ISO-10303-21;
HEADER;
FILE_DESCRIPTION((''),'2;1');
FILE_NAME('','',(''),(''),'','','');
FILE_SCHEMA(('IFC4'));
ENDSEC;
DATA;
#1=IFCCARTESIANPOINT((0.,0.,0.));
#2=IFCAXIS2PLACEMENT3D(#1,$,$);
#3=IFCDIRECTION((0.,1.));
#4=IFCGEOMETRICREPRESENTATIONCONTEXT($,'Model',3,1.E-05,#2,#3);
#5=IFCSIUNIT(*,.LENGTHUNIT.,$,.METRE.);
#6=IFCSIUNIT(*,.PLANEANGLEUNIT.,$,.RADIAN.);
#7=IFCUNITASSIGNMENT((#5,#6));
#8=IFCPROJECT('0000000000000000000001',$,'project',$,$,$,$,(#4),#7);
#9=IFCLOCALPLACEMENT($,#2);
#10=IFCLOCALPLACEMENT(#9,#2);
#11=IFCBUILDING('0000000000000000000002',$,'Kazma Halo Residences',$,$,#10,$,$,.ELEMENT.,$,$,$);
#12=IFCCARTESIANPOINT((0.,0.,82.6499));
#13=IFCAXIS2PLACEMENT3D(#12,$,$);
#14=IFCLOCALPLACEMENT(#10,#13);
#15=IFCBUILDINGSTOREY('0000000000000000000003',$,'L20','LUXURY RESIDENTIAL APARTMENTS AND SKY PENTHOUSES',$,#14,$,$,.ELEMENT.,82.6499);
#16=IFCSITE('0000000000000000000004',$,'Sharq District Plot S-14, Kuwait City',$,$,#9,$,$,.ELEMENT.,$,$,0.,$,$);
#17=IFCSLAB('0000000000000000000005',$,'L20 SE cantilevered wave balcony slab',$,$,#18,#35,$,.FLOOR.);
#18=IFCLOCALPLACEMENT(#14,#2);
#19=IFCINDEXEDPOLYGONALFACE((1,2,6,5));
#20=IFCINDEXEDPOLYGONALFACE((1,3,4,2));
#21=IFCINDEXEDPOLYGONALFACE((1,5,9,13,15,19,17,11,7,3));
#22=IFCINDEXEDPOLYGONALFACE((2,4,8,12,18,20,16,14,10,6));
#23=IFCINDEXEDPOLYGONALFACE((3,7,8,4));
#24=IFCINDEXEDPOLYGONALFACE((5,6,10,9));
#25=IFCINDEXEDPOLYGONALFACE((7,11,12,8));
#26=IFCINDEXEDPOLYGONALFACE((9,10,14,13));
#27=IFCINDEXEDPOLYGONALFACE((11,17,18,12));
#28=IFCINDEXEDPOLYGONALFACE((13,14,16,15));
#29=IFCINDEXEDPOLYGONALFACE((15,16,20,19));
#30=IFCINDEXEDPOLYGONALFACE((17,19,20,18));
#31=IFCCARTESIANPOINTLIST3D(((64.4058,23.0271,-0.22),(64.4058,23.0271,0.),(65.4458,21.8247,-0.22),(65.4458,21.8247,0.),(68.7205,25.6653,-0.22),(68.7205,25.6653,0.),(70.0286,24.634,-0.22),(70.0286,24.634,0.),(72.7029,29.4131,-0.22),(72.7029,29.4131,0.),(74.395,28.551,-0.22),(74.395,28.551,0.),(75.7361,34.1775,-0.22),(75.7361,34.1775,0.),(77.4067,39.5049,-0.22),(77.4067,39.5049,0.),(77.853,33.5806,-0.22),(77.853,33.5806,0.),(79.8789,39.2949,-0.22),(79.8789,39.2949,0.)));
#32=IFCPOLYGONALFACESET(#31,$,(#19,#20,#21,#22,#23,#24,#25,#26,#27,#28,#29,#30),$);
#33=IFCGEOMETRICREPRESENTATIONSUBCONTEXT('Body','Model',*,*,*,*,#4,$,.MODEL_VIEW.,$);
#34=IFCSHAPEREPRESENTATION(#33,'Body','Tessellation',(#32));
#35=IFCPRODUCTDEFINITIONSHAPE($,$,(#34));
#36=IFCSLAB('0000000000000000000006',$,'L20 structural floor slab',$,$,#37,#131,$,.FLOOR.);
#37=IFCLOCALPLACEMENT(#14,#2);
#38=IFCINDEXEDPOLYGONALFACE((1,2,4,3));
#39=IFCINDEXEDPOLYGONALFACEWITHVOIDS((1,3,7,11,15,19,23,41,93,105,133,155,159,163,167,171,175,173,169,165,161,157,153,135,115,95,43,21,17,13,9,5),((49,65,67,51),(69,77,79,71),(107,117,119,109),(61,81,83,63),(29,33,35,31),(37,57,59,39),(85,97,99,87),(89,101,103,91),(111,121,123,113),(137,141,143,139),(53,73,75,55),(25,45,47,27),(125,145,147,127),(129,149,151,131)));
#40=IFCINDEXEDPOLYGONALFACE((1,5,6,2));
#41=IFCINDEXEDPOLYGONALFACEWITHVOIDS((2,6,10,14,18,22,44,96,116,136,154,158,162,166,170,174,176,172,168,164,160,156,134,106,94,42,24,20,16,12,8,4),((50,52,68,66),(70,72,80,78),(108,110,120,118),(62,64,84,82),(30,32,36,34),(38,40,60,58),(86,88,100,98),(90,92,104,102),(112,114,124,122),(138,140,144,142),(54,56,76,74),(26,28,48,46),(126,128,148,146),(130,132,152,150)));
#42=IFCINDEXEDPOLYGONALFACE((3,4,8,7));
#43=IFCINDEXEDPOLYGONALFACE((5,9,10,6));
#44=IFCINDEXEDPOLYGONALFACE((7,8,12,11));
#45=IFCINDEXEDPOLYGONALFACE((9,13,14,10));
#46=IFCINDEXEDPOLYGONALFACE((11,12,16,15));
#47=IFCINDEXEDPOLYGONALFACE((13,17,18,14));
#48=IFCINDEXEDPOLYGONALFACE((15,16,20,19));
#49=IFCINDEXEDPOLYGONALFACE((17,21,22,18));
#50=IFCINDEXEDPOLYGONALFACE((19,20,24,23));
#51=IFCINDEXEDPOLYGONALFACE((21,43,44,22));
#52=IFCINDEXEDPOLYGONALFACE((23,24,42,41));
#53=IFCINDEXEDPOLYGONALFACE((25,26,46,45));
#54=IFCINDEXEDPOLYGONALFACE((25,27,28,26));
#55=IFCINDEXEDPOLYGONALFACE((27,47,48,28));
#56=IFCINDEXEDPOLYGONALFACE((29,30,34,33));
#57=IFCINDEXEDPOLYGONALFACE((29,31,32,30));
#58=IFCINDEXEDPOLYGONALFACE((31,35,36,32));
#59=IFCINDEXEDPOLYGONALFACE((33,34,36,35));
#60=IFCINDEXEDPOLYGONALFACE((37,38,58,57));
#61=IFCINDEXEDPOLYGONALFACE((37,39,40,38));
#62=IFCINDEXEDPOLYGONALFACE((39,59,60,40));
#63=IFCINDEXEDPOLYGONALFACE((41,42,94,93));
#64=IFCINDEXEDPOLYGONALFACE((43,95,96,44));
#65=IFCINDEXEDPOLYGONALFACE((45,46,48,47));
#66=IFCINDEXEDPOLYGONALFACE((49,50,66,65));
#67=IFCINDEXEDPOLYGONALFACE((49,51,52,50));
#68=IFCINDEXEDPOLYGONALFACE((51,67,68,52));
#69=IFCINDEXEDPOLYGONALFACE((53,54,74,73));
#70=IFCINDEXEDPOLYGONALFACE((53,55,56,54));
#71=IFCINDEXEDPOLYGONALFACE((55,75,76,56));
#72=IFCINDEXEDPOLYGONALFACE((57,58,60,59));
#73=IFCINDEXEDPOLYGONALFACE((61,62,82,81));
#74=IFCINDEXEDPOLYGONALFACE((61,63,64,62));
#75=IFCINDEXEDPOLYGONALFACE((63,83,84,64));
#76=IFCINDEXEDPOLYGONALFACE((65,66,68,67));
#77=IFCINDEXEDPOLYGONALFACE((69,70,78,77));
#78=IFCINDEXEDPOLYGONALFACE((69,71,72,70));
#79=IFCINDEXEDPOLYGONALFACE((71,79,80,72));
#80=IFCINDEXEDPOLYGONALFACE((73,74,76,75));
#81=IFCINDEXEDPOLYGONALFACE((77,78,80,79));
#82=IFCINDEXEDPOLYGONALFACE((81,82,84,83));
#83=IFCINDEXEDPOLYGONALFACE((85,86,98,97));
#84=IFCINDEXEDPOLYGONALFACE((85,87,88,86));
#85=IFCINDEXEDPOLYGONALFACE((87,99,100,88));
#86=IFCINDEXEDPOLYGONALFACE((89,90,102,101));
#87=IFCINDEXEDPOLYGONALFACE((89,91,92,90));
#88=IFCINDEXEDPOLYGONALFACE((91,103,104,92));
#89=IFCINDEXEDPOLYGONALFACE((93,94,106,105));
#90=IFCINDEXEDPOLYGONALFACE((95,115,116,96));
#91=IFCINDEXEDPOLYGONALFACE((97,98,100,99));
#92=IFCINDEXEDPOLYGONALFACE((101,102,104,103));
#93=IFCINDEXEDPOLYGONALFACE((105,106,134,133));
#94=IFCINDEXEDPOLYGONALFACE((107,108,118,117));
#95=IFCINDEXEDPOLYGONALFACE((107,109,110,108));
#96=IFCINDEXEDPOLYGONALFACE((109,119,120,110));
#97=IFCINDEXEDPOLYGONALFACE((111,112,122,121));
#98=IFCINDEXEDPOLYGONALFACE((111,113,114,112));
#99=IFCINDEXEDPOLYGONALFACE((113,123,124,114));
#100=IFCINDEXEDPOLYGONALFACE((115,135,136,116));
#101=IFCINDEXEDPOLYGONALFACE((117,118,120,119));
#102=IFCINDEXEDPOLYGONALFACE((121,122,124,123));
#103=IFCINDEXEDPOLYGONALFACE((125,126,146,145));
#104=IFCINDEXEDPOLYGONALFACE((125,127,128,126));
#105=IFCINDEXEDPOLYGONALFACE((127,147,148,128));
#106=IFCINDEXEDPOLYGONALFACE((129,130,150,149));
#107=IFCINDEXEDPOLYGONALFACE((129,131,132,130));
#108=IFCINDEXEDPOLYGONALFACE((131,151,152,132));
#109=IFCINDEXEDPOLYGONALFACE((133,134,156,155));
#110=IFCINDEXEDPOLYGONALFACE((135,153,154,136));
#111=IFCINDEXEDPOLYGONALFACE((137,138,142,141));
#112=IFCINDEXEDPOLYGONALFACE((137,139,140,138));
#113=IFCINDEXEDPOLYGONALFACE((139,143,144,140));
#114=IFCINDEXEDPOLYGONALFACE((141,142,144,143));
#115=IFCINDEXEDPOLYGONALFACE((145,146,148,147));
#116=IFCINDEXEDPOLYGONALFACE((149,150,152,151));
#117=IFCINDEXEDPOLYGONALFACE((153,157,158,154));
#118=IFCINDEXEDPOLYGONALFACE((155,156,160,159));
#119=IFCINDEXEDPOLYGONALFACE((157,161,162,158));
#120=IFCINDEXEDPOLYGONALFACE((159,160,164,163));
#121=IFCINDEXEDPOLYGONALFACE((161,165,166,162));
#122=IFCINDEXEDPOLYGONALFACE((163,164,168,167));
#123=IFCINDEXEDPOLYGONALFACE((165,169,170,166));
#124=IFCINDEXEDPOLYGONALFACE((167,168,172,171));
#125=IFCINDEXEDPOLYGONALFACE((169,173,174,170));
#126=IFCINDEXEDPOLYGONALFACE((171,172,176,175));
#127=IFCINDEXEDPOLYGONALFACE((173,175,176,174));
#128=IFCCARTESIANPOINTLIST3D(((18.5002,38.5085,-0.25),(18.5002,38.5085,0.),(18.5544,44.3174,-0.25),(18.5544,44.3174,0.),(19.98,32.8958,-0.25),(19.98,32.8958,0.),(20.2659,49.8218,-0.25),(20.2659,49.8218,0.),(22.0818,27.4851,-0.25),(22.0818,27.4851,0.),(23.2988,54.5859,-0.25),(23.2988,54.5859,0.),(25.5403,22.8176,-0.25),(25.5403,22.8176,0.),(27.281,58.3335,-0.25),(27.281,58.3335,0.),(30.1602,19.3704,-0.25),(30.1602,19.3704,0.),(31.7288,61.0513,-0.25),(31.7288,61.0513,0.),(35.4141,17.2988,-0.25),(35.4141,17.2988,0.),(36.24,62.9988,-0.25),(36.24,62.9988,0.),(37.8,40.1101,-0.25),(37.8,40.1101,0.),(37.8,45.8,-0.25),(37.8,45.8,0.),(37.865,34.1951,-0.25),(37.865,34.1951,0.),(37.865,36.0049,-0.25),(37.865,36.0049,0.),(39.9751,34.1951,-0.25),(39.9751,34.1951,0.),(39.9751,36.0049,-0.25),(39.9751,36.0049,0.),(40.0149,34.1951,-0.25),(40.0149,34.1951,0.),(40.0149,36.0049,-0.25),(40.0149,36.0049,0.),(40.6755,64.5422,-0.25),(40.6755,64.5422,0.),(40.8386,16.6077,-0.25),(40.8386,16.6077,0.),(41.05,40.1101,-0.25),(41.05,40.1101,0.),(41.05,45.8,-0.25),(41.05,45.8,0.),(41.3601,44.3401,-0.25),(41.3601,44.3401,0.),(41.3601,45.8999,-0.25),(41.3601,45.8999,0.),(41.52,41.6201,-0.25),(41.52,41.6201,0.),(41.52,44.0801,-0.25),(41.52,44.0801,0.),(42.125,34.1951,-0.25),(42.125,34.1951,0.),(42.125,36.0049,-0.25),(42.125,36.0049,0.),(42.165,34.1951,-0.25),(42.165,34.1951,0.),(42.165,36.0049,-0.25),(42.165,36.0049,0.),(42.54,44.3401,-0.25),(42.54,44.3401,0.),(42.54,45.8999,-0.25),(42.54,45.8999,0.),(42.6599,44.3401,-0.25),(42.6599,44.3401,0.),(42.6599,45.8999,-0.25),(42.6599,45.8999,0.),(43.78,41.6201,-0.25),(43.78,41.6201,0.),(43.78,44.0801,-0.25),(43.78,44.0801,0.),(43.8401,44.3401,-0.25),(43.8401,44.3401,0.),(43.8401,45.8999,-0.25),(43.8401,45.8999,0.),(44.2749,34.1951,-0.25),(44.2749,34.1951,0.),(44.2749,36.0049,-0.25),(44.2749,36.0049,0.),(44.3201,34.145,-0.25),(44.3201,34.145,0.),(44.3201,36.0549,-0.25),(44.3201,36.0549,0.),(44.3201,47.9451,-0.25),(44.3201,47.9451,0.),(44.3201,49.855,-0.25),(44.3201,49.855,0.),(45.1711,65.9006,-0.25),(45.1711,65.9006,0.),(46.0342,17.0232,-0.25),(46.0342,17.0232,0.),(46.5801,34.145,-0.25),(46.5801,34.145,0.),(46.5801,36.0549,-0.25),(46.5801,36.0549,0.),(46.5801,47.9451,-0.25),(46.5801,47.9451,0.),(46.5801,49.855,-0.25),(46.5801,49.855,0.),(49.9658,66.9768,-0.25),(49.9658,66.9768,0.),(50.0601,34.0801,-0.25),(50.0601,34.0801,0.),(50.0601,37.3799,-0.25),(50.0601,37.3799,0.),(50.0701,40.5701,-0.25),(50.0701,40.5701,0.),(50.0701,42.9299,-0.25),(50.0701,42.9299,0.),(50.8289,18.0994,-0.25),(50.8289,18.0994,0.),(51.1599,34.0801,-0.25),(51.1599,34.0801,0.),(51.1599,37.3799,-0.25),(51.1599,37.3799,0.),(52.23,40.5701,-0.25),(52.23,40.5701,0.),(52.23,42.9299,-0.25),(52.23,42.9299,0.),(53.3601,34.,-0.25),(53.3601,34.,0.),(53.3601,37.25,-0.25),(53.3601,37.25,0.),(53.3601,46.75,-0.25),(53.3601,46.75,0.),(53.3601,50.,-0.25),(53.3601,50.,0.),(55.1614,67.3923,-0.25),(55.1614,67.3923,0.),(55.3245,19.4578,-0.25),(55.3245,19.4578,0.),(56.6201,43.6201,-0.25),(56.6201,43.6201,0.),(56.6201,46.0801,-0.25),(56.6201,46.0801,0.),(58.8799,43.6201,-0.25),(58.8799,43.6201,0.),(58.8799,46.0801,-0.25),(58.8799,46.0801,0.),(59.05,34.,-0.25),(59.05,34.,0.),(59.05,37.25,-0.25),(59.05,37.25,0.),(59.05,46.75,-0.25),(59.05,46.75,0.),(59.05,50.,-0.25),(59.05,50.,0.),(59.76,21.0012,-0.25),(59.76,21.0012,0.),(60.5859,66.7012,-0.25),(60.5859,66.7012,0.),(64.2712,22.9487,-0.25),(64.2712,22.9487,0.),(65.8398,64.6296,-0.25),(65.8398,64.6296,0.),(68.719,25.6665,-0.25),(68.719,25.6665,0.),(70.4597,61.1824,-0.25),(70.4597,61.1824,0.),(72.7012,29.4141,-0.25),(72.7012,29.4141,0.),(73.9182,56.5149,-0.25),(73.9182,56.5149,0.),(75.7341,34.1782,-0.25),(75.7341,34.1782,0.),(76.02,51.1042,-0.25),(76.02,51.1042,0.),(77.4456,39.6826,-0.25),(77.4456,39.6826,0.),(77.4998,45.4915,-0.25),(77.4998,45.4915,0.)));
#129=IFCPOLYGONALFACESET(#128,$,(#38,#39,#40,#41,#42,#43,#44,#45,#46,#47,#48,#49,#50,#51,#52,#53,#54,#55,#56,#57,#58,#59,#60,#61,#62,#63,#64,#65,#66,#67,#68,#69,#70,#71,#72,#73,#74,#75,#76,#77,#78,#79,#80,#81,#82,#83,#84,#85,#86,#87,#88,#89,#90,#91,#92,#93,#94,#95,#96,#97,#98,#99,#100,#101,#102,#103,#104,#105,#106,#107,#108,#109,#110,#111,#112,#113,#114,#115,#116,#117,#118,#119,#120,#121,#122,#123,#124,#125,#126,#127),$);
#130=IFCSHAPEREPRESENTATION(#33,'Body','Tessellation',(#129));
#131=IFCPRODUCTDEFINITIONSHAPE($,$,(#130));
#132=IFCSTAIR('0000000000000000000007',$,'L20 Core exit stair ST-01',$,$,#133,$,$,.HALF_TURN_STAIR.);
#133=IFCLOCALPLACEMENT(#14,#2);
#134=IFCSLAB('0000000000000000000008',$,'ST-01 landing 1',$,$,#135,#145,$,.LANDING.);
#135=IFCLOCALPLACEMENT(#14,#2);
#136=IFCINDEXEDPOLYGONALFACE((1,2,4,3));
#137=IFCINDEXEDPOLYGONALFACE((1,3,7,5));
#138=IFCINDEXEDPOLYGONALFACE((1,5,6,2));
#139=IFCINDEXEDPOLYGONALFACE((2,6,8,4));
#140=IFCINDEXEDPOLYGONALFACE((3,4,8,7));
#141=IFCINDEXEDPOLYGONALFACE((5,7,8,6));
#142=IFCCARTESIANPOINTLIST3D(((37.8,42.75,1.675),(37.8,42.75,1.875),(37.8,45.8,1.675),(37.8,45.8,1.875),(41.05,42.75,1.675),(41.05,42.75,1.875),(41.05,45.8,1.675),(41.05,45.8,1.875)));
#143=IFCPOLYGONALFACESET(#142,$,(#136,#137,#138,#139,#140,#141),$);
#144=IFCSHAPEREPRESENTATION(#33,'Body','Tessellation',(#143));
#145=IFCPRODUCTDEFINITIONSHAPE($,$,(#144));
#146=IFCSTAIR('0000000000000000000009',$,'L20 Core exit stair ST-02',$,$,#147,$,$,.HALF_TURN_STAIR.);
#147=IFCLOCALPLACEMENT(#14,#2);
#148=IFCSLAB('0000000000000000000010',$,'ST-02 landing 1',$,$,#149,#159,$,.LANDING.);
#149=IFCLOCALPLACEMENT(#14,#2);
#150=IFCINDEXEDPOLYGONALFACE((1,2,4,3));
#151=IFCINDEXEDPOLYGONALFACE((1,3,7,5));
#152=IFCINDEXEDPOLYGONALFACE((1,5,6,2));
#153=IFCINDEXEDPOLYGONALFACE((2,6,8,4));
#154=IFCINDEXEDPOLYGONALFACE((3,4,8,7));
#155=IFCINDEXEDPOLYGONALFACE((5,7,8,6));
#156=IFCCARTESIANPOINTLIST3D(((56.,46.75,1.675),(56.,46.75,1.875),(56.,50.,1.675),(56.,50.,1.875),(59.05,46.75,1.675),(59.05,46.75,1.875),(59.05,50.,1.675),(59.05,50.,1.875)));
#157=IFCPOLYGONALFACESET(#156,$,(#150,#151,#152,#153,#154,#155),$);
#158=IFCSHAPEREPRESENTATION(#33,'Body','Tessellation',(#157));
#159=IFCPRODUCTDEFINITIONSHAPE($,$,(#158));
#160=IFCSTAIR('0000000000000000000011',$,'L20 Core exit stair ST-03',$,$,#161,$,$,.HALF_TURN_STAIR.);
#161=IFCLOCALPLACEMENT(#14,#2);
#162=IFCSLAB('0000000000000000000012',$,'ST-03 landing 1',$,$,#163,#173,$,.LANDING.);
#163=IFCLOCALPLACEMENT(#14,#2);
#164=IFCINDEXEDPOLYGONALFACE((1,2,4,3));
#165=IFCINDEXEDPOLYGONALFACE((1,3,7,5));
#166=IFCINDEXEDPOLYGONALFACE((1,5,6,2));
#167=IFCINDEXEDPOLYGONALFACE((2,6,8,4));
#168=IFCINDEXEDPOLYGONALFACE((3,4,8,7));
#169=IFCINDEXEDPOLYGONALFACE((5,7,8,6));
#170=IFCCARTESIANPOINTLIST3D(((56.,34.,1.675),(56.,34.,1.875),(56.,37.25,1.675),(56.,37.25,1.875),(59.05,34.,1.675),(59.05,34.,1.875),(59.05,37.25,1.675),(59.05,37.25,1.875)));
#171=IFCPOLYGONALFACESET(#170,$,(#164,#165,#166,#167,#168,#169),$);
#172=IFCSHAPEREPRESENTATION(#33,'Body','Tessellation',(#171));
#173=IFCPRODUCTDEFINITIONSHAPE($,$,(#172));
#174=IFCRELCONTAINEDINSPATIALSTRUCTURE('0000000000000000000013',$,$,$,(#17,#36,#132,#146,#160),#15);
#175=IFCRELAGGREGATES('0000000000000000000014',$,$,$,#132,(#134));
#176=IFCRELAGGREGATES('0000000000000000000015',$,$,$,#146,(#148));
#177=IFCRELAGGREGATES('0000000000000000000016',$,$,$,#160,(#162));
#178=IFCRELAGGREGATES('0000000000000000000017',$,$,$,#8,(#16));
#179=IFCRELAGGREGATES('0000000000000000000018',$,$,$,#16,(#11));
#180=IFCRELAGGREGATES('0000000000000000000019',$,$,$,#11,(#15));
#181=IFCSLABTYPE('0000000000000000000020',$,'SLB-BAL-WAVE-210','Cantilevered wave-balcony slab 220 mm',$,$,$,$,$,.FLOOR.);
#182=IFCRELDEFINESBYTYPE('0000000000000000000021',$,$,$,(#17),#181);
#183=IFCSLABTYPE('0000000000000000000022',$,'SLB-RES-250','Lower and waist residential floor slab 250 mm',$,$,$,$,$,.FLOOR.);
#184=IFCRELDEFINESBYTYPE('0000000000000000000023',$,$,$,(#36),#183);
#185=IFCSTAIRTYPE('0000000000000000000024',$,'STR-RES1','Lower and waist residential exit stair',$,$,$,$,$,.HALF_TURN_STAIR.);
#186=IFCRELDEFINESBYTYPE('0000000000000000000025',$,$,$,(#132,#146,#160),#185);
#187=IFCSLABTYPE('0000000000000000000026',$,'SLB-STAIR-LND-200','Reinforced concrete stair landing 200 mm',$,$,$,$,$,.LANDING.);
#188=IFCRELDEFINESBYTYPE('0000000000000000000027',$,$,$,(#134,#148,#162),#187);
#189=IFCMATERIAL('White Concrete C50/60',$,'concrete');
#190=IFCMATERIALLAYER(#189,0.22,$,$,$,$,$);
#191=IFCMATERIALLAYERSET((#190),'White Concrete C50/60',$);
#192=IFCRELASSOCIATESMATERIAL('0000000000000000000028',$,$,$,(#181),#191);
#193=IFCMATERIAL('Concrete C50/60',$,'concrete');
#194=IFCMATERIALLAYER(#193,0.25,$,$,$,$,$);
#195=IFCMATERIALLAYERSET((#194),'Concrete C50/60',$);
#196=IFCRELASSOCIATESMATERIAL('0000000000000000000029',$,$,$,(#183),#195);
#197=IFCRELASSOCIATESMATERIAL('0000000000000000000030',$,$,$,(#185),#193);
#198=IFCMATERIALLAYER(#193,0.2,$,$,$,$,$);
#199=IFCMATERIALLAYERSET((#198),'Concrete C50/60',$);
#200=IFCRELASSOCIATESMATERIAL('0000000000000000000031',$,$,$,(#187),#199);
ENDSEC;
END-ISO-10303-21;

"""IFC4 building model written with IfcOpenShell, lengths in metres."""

from ifc_helpers import new_model, si_unit, direction, frame, origin, place, context, subcontext, project, spatial, polyline, outline, extrude, material, layer, layer_set, type_object, element, aggregate, save


model = new_model("IFC4")

# Units and contexts
model_context = context("Model", 3, precision=1e-05, world=origin(), true_north=direction((0.0, 1.0)))
body_context = subcontext(model_context, "Body", "Model", "MODEL_VIEW")
ifc_project = project(units=[si_unit("LENGTHUNIT", "METRE"), si_unit("PLANEANGLEUNIT", "RADIAN")], contexts=[model_context])

# Site, building, storey
site_placement = place(None, origin())
site = spatial("IfcSite", under=ifc_project, at=site_placement, Name="Sharq District Plot S-14, Kuwait City", CompositionType="ELEMENT", RefElevation=0.0)
building_placement = place(site_placement, origin())
building = spatial("IfcBuilding", under=site, at=building_placement, Name="Kazma Halo Residences", CompositionType="ELEMENT")
storey_placement = place(building_placement, frame((0.0, 0.0, 82.6499)))
storey = spatial("IfcBuildingStorey", under=building, at=storey_placement, Name="L20", Description="LUXURY RESIDENTIAL APARTMENTS AND SKY PENTHOUSES", CompositionType="ELEMENT", Elevation=82.6499)

# Slabs
ifc_material_1 = material(Name="White Concrete C50/60", Category="concrete")
ifc_layer_1 = layer(ifc_material_1, 0.22)
ifc_layer_set_1 = layer_set([ifc_layer_1], Name="White Concrete C50/60")
slab_type_1 = type_object("IfcSlabType", Name="SLB-BAL-WAVE-210", Description="Cantilevered wave-balcony slab 220 mm", PredefinedType="FLOOR", material=ifc_layer_set_1)
slab_1_placement = place(storey_placement, frame((0.0, 0.0, -0.22)))
element("IfcSlab", 1, at=slab_1_placement, inside=storey, type_object=slab_type_1, Name="L20 SE cantilevered wave balcony slab", PredefinedType="FLOOR", context=body_context, shape_type="SweptSolid", body=[
    extrude(outline(polyline([(64.4058, 23.0271), (68.7205, 25.6653), (72.7029, 29.4131), (75.7361, 34.1775), (77.4067, 39.5049), (79.8789, 39.2949), (77.853, 33.5806), (74.395, 28.551), (70.0286, 24.634), (65.4458, 21.8247), (64.4058, 23.0271)])), origin(), (0.0, 0.0, 1.0), 0.22),
])
ifc_material_2 = material(Name="Concrete C50/60", Category="concrete")
ifc_layer_2 = layer(ifc_material_2, 0.25)
ifc_layer_set_2 = layer_set([ifc_layer_2], Name="Concrete C50/60")
slab_type_2 = type_object("IfcSlabType", Name="SLB-RES-250", Description="Lower and waist residential floor slab 250 mm", PredefinedType="FLOOR", material=ifc_layer_set_2)
slab_2_placement = place(storey_placement, frame((0.0, 0.0, -0.25)))
element("IfcSlab", 2, at=slab_2_placement, inside=storey, type_object=slab_type_2, Name="L20 structural floor slab", PredefinedType="FLOOR", context=body_context, shape_type="SweptSolid", body=[
    extrude(outline(polyline([(76.02, 51.1042), (73.9182, 56.5149), (70.4597, 61.1824), (65.8398, 64.6296), (60.5859, 66.7012), (55.1614, 67.3923), (49.9658, 66.9768), (45.1711, 65.9006), (40.6755, 64.5422), (36.24, 62.9988), (31.7288, 61.0513), (27.281, 58.3335), (23.2988, 54.5859), (20.2659, 49.8218), (18.5544, 44.3174), (18.5002, 38.5085), (19.98, 32.8958), (22.0818, 27.4851), (25.5403, 22.8176), (30.1602, 19.3704), (35.4141, 17.2988), (40.8386, 16.6077), (46.0342, 17.0232), (50.8289, 18.0994), (55.3245, 19.4578), (59.76, 21.0012), (64.2712, 22.9487), (68.719, 25.6665), (72.7012, 29.4141), (75.7341, 34.1782), (77.4456, 39.6826), (77.4998, 45.4915), (76.02, 51.1042)]), holes=[polyline([(37.8, 40.1101), (41.05, 40.1101), (41.05, 45.8), (37.8, 45.8), (37.8, 40.1101)]), polyline([(53.3601, 46.75), (59.05, 46.75), (59.05, 50.0), (53.3601, 50.0), (53.3601, 46.75)]), polyline([(53.3601, 34.0), (59.05, 34.0), (59.05, 37.25), (53.3601, 37.25), (53.3601, 34.0)]), polyline([(41.52, 41.6201), (43.78, 41.6201), (43.78, 44.0801), (41.52, 44.0801), (41.52, 41.6201)]), polyline([(56.6201, 43.6201), (58.8799, 43.6201), (58.8799, 46.0801), (56.6201, 46.0801), (56.6201, 43.6201)]), polyline([(37.865, 34.1951), (39.9751, 34.1951), (39.9751, 36.0049), (37.865, 36.0049), (37.865, 34.1951)]), polyline([(40.0149, 34.1951), (42.125, 34.1951), (42.125, 36.0049), (40.0149, 36.0049), (40.0149, 34.1951)]), polyline([(42.165, 34.1951), (44.2749, 34.1951), (44.2749, 36.0049), (42.165, 36.0049), (42.165, 34.1951)]), polyline([(44.3201, 47.9451), (46.5801, 47.9451), (46.5801, 49.855), (44.3201, 49.855), (44.3201, 47.9451)]), polyline([(44.3201, 34.145), (46.5801, 34.145), (46.5801, 36.0549), (44.3201, 36.0549), (44.3201, 34.145)]), polyline([(50.0701, 40.5701), (52.23, 40.5701), (52.23, 42.9299), (50.0701, 42.9299), (50.0701, 40.5701)]), polyline([(41.3601, 44.3401), (42.54, 44.3401), (42.54, 45.8999), (41.3601, 45.8999), (41.3601, 44.3401)]), polyline([(42.6599, 44.3401), (43.8401, 44.3401), (43.8401, 45.8999), (42.6599, 45.8999), (42.6599, 44.3401)]), polyline([(50.0601, 34.0801), (51.1599, 34.0801), (51.1599, 37.3799), (50.0601, 37.3799), (50.0601, 34.0801)])]), origin(), (0.0, 0.0, 1.0), 0.25),
])

# Stairs, slabs
stair_type = type_object("IfcStairType", Name="STR-RES1", Description="Lower and waist residential exit stair", PredefinedType="HALF_TURN_STAIR", material=ifc_material_2)
stair_1_placement = place(storey_placement, origin())
stair_1 = element("IfcStair", 3, at=stair_1_placement, inside=storey, type_object=stair_type, Name="L20 Core exit stair ST-01", PredefinedType="HALF_TURN_STAIR")
ifc_layer_3 = layer(ifc_material_2, 0.2)
ifc_layer_set_3 = layer_set([ifc_layer_3], Name="Concrete C50/60")
slab_type_3 = type_object("IfcSlabType", Name="SLB-STAIR-LND-200", Description="Reinforced concrete stair landing 200 mm", PredefinedType="LANDING", material=ifc_layer_set_3)
slab_3_placement = place(storey_placement, frame((0.0, 0.0, 1.675)))
slab_3 = element("IfcSlab", 4, at=slab_3_placement, type_object=slab_type_3, Name="ST-01 landing 1", PredefinedType="LANDING", context=body_context, shape_type="SweptSolid", body=[
    extrude(outline(polyline([(41.05, 42.75), (41.05, 45.8), (37.8, 45.8), (37.8, 42.75), (41.05, 42.75)])), origin(), (0.0, 0.0, 1.0), 0.2),
])
aggregate(stair_1, [slab_3])
stair_2_placement = place(storey_placement, origin())
stair_2 = element("IfcStair", 5, at=stair_2_placement, inside=storey, type_object=stair_type, Name="L20 Core exit stair ST-02", PredefinedType="HALF_TURN_STAIR")
slab_4_placement = place(storey_placement, frame((0.0, 0.0, 1.675)))
slab_4 = element("IfcSlab", 6, at=slab_4_placement, type_object=slab_type_3, Name="ST-02 landing 1", PredefinedType="LANDING", context=body_context, shape_type="SweptSolid", body=[
    extrude(outline(polyline([(56.0, 46.75), (59.05, 46.75), (59.05, 50.0), (56.0, 50.0), (56.0, 46.75)])), origin(), (0.0, 0.0, 1.0), 0.2),
])
aggregate(stair_2, [slab_4])
stair_3_placement = place(storey_placement, origin())
stair_3 = element("IfcStair", 7, at=stair_3_placement, inside=storey, type_object=stair_type, Name="L20 Core exit stair ST-03", PredefinedType="HALF_TURN_STAIR")
slab_5_placement = place(storey_placement, frame((0.0, 0.0, 1.675)))
slab_5 = element("IfcSlab", 8, at=slab_5_placement, type_object=slab_type_3, Name="ST-03 landing 1", PredefinedType="LANDING", context=body_context, shape_type="SweptSolid", body=[
    extrude(outline(polyline([(56.0, 34.0), (59.05, 34.0), (59.05, 37.25), (56.0, 37.25), (56.0, 34.0)])), origin(), (0.0, 0.0, 1.0), 0.2),
])
aggregate(stair_3, [slab_5])

save(model, "model.ifc")
